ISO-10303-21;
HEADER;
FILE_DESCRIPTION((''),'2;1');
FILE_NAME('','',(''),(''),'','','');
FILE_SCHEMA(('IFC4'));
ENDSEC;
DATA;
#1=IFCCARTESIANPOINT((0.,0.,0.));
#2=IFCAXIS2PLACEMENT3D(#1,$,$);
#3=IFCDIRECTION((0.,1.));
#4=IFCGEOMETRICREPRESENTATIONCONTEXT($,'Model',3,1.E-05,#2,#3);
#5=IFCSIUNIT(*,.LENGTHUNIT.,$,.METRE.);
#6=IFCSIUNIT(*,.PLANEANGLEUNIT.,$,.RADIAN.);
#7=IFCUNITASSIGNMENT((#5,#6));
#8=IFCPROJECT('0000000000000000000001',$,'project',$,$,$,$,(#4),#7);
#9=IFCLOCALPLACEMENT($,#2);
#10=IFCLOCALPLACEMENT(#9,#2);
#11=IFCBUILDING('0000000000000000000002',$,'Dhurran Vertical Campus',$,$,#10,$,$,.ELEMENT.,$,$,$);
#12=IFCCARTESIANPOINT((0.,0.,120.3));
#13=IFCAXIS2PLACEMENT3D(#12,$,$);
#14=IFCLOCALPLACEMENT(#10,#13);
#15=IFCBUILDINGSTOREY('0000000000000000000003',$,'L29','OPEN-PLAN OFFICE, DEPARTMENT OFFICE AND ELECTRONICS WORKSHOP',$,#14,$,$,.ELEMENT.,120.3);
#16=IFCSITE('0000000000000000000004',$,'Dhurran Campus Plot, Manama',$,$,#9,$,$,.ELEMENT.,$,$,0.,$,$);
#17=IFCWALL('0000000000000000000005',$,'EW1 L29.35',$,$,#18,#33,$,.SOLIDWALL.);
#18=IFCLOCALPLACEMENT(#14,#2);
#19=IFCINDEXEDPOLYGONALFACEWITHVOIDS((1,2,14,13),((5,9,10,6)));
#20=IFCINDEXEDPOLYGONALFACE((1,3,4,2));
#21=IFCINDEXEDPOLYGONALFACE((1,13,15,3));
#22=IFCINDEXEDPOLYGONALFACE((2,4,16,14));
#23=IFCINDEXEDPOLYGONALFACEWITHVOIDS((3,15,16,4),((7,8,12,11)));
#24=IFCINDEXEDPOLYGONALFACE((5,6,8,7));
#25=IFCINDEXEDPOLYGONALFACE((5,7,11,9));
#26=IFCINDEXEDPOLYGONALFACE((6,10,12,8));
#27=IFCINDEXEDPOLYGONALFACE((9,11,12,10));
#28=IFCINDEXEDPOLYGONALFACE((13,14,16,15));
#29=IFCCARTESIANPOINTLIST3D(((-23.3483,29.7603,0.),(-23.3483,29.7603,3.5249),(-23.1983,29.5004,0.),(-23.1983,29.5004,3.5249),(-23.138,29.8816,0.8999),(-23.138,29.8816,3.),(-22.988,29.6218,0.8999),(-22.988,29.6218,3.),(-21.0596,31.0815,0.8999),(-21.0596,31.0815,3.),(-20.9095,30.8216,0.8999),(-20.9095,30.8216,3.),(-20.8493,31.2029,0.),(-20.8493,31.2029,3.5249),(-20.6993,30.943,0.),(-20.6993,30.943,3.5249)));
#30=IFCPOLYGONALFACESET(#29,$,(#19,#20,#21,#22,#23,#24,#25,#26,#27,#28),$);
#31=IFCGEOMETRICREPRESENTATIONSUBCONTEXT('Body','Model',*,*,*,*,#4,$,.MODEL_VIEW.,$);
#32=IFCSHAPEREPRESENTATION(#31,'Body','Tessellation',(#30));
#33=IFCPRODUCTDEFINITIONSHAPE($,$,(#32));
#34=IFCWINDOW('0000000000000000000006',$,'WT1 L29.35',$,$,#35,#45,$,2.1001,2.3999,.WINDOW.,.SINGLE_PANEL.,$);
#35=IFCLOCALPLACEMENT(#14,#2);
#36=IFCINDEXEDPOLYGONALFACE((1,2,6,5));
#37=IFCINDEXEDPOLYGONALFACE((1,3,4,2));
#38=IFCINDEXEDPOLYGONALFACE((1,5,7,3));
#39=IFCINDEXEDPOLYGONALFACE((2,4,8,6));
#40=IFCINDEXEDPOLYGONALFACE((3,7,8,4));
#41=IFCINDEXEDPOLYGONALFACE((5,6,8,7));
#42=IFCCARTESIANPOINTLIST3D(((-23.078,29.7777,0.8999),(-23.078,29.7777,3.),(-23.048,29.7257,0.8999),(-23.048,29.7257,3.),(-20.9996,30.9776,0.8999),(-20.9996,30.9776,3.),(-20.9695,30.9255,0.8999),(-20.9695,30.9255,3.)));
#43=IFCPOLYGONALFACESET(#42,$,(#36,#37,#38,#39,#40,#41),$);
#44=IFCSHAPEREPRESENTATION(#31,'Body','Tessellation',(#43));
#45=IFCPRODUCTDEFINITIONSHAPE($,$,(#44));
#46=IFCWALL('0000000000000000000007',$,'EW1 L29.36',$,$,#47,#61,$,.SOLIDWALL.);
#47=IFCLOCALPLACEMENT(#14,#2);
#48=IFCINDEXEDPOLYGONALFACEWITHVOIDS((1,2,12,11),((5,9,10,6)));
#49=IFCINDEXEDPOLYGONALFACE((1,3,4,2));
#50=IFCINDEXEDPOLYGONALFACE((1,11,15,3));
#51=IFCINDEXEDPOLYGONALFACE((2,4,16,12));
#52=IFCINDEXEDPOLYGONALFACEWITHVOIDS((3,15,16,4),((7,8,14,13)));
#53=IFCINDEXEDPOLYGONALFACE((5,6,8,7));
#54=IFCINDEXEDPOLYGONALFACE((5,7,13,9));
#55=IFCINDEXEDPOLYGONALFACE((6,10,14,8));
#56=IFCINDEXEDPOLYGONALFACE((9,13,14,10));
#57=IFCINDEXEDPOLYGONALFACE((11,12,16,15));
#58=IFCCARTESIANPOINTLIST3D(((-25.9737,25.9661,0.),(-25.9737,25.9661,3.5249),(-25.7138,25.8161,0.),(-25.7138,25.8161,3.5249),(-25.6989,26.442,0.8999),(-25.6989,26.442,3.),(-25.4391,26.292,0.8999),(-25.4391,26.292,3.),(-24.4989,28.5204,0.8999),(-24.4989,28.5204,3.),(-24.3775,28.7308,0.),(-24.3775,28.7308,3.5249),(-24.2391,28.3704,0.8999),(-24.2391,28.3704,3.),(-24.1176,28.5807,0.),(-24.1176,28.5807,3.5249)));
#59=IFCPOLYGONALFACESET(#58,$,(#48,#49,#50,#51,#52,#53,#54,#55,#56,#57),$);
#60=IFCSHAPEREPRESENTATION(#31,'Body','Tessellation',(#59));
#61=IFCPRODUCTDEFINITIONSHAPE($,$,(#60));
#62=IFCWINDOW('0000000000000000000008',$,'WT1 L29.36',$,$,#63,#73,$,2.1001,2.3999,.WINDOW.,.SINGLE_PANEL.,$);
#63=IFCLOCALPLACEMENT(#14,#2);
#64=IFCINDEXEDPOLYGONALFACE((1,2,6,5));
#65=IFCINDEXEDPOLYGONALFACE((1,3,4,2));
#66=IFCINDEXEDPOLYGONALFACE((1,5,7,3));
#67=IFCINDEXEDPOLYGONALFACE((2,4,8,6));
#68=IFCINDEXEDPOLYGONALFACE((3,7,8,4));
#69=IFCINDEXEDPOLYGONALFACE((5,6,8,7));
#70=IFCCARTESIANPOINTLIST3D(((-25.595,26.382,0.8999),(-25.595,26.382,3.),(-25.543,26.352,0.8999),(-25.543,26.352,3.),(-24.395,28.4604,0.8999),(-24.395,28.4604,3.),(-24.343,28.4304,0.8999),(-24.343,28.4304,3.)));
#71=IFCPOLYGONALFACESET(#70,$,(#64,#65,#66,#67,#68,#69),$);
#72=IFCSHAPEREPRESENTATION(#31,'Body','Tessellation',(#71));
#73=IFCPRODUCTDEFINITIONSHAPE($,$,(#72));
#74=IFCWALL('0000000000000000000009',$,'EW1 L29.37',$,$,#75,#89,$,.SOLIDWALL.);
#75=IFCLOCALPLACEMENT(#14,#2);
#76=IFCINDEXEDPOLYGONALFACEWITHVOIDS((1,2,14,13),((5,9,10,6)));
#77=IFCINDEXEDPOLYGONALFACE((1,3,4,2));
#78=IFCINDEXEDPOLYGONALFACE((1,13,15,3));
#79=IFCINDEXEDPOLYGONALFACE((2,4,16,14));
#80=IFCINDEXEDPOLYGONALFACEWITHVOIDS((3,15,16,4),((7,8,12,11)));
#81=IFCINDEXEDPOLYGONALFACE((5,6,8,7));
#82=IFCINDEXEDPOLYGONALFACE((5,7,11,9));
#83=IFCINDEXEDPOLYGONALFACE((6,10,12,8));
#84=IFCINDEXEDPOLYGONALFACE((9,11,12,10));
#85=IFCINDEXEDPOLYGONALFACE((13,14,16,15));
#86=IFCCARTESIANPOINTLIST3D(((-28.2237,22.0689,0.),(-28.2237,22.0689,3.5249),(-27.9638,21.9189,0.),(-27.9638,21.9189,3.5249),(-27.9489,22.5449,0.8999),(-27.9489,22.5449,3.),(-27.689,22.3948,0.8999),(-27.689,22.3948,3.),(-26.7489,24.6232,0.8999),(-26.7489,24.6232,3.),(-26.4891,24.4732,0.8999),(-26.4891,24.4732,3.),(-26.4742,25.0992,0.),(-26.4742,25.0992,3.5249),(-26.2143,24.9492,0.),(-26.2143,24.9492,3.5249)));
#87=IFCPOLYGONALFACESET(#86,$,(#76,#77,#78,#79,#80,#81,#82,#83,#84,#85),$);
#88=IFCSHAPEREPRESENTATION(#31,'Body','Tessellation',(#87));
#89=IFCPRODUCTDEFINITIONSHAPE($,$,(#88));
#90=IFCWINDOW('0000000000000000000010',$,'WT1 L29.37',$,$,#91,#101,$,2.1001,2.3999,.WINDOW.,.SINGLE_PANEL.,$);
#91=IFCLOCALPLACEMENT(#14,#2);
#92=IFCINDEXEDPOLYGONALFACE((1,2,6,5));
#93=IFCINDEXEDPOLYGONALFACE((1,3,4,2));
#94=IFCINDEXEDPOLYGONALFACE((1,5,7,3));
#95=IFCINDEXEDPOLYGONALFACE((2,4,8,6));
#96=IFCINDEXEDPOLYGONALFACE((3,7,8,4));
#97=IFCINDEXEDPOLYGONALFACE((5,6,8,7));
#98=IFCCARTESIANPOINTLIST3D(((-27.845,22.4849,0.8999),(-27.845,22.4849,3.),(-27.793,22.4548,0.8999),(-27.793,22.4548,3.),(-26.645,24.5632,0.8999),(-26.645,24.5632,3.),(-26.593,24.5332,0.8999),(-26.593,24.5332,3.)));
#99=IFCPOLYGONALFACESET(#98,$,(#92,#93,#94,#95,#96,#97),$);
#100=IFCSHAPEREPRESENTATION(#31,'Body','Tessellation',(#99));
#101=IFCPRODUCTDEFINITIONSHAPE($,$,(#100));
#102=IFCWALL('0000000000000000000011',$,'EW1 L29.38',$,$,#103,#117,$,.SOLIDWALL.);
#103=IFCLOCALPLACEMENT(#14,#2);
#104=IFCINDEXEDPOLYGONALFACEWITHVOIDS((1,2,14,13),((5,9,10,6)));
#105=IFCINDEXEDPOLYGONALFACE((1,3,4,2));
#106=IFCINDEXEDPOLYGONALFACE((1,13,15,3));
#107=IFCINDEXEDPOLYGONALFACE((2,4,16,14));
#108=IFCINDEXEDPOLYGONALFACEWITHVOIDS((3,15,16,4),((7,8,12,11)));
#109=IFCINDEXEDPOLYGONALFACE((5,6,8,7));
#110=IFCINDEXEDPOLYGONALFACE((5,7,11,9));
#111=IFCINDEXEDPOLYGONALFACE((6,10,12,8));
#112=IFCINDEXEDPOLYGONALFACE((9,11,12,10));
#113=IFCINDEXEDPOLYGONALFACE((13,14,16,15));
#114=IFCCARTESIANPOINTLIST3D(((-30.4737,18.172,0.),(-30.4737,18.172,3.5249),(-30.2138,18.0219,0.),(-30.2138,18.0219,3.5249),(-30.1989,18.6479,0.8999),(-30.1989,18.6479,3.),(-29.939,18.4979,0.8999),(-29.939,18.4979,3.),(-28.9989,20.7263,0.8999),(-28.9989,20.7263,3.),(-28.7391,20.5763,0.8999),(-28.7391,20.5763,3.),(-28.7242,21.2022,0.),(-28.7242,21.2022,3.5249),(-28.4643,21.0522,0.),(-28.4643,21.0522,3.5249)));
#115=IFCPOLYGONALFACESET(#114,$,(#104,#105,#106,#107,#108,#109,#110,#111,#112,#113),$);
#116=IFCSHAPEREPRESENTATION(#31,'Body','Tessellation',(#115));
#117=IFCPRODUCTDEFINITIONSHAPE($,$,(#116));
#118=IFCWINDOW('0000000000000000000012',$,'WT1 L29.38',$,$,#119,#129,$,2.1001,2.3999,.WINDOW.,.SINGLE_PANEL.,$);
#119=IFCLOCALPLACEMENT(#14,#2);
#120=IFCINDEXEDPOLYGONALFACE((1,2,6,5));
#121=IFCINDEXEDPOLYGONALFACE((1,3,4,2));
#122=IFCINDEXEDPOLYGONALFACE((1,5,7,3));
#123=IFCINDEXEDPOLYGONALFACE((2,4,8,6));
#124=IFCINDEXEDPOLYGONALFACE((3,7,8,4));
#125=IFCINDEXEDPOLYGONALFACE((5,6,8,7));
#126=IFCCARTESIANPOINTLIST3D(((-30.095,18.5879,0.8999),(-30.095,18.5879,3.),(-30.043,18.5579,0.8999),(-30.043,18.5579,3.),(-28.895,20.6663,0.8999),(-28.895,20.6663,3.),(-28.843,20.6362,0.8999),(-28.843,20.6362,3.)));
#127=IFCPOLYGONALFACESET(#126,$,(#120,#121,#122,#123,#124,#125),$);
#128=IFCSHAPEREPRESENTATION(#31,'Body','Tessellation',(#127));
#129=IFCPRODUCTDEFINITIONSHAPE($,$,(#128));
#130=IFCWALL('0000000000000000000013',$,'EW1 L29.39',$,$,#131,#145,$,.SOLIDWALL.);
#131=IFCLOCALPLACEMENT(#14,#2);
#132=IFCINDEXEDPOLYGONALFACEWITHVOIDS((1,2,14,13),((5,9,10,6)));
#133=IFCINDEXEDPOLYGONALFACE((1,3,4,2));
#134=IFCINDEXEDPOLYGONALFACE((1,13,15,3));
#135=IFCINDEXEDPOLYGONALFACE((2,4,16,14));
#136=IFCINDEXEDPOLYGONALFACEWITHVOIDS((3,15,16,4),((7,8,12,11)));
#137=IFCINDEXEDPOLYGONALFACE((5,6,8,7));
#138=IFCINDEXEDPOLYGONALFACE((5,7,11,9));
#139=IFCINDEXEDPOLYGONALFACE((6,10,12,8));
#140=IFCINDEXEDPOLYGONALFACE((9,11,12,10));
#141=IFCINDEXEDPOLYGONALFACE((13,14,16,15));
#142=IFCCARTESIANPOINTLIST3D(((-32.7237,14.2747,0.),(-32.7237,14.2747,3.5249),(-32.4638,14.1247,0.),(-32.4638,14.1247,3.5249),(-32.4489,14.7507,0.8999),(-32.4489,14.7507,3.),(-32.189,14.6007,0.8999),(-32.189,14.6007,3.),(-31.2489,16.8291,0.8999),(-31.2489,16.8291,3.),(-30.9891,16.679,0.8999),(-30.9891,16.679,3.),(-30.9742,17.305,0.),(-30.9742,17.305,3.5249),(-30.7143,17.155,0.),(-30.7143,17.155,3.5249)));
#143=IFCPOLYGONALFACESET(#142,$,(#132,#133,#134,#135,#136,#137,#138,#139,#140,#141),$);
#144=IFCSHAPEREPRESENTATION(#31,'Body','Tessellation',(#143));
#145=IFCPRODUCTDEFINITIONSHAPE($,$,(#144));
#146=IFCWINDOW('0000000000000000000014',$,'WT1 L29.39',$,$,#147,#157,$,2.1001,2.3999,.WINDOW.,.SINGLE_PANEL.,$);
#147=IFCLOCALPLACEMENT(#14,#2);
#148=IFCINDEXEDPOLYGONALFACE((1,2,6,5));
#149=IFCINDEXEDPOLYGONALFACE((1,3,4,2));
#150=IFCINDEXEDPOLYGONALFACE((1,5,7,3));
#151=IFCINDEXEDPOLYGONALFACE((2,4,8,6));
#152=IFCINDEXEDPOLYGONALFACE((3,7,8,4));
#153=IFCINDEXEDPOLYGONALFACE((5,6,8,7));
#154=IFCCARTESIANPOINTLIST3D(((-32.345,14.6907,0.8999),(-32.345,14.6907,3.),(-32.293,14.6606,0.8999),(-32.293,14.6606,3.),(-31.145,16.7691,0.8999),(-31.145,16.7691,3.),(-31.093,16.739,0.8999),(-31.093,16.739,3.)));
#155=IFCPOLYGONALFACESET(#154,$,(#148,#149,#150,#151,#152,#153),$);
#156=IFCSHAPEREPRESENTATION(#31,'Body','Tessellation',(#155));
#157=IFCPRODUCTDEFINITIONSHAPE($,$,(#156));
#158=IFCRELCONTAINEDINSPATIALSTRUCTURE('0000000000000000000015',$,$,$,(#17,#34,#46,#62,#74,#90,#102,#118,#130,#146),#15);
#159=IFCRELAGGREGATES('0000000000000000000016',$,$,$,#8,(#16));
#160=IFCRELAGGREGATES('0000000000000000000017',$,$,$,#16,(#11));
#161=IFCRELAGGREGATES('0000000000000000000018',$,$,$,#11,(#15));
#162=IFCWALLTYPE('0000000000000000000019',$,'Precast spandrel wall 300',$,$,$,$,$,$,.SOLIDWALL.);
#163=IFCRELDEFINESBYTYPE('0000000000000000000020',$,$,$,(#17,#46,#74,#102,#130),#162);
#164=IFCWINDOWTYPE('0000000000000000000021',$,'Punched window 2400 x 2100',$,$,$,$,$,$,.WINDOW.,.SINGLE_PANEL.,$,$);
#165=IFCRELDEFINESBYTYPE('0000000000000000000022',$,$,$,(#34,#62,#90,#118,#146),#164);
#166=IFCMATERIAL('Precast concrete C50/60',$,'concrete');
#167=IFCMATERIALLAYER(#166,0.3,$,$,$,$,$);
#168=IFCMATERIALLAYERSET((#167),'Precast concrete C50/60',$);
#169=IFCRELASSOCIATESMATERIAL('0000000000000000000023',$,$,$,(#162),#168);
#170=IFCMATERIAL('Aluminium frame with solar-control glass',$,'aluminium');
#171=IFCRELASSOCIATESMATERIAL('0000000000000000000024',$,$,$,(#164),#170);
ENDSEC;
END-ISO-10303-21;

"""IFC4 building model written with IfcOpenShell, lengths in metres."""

from ifc_helpers import new_model, si_unit, direction, frame, frame_2d, origin, place, context, subcontext, project, spatial, rectangle, extrude, material, layer, layer_set, type_object, element, fill, save


model = new_model("IFC4")

# Units and contexts
model_context = context("Model", 3, precision=1e-05, world=origin(), true_north=direction((0.0, 1.0)))
body_context = subcontext(model_context, "Body", "Model", "MODEL_VIEW")
ifc_project = project(units=[si_unit("LENGTHUNIT", "METRE"), si_unit("PLANEANGLEUNIT", "RADIAN")], contexts=[model_context])

# Site, building, storey
site_placement = place(None, origin())
site = spatial("IfcSite", under=ifc_project, at=site_placement, Name="Dhurran Campus Plot, Manama", CompositionType="ELEMENT", RefElevation=0.0)
building_placement = place(site_placement, origin())
building = spatial("IfcBuilding", under=site, at=building_placement, Name="Dhurran Vertical Campus", CompositionType="ELEMENT")
storey_placement = place(building_placement, frame((0.0, 0.0, 120.3)))
storey = spatial("IfcBuildingStorey", under=building, at=storey_placement, Name="L29", Description="OPEN-PLAN OFFICE, DEPARTMENT OFFICE AND ELECTRONICS WORKSHOP", CompositionType="ELEMENT", Elevation=120.3)

# Walls, openings, windows
ifc_material_1 = material(Name="Precast concrete C50/60", Category="concrete")
ifc_layer_1 = layer(ifc_material_1, 0.3)
ifc_layer_set_1 = layer_set([ifc_layer_1], Name="Precast concrete C50/60")
wall_type_1 = type_object("IfcWallType", Name="Precast spandrel wall 300", PredefinedType="SOLIDWALL", material=ifc_layer_set_1)
ifc_material_2 = material(Name="Aluminium frame with solar-control glass", Category="aluminium")
window_type = type_object("IfcWindowType", Name="Punched window 2400 x 2100", PartitioningType="SINGLE_PANEL", PredefinedType="WINDOW", material=ifc_material_2)
wall_1_placement = place(storey_placement, frame((-20.7742, 31.073, 0.0), z_axis=(0.0, 0.0, 1.0), x_axis=(-0.866053, -0.499952, 0.0)))
wall_1 = element("IfcWall", 1, at=wall_1_placement, inside=storey, type_object=wall_type_1, Name="EW1 L29.35", PredefinedType="SOLIDWALL", context=body_context, shape_type="SweptSolid", body=[
    extrude(rectangle(XDim=2.8855, YDim=0.3, at=frame_2d((1.4429, 0.0))), origin(), (0.0, 0.0, 1.0), 3.5249),
])
opening_1_placement = place(wall_1_placement, frame((0.2429, 0.0, 0.8999)))
opening_1 = element("IfcOpeningElement", 2, at=opening_1_placement, cuts=wall_1, PredefinedType="OPENING", context=body_context, shape_type="SweptSolid", body=[
    extrude(rectangle(XDim=2.3999, YDim=2.1001, at=frame_2d((1.2, 1.05))), frame((0.0, 0.1599, 0.0), z_axis=(0.0, -1.0, 0.0), x_axis=(1.0, 0.0, 0.0)), (0.0, 0.0, 1.0), 0.3201),
])
window_1_placement = place(opening_1_placement, origin())
window_1 = element("IfcWindow", 3, at=window_1_placement, inside=storey, type_object=window_type, Name="WT1 L29.35", OverallHeight=2.1001, OverallWidth=2.3999, PartitioningType="SINGLE_PANEL", PredefinedType="WINDOW", context=body_context, shape_type="SweptSolid", body=[
    extrude(rectangle(XDim=2.3999, YDim=2.1001, at=frame_2d((1.2, 1.05))), frame((0.0, 0.03, 0.0), z_axis=(0.0, -1.0, 0.0), x_axis=(1.0, 0.0, 0.0)), (0.0, 0.0, 1.0), 0.0601),
])
fill(opening_1, window_1)
wall_2_placement = place(storey_placement, frame((-24.2476, 28.6558, 0.0), z_axis=(0.0, 0.0, 1.0), x_axis=(-0.500005, -0.866023, 0.0)))
wall_2 = element("IfcWall", 4, at=wall_2_placement, inside=storey, type_object=wall_type_1, Name="EW1 L29.36", PredefinedType="SOLIDWALL", context=body_context, shape_type="SweptSolid", body=[
    extrude(rectangle(XDim=3.1924, YDim=0.3, at=frame_2d((1.5962, 0.0))), origin(), (0.0, 0.0, 1.0), 3.5249),
])
opening_2_placement = place(wall_2_placement, frame((0.2429, 0.0, 0.8999)))
opening_2 = element("IfcOpeningElement", 5, at=opening_2_placement, cuts=wall_2, PredefinedType="OPENING", context=body_context, shape_type="SweptSolid", body=[
    extrude(rectangle(XDim=2.3999, YDim=2.1001, at=frame_2d((1.2, 1.05))), frame((0.0, 0.1599, 0.0), z_axis=(0.0, -1.0, 0.0), x_axis=(1.0, 0.0, 0.0)), (0.0, 0.0, 1.0), 0.3201),
])
window_2_placement = place(opening_2_placement, origin())
window_2 = element("IfcWindow", 6, at=window_2_placement, inside=storey, type_object=window_type, Name="WT1 L29.36", OverallHeight=2.1001, OverallWidth=2.3999, PartitioningType="SINGLE_PANEL", PredefinedType="WINDOW", context=body_context, shape_type="SweptSolid", body=[
    extrude(rectangle(XDim=2.3999, YDim=2.1001, at=frame_2d((1.2, 1.05))), frame((0.0, 0.03, 0.0), z_axis=(0.0, -1.0, 0.0), x_axis=(1.0, 0.0, 0.0)), (0.0, 0.0, 1.0), 0.0601),
])
fill(opening_2, window_2)
wall_3_placement = place(storey_placement, frame((-26.3442, 25.0242, 0.0), z_axis=(0.0, 0.0, 1.0), x_axis=(-0.499996, -0.866028, 0.0)))
wall_3 = element("IfcWall", 7, at=wall_3_placement, inside=storey, type_object=wall_type_1, Name="EW1 L29.37", PredefinedType="SOLIDWALL", context=body_context, shape_type="SweptSolid", body=[
    extrude(rectangle(XDim=3.499, YDim=0.3, at=frame_2d((1.7495, 0.0))), origin(), (0.0, 0.0, 1.0), 3.5249),
])
opening_3_placement = place(wall_3_placement, frame((0.5496, 0.0, 0.8999)))
opening_3 = element("IfcOpeningElement", 8, at=opening_3_placement, cuts=wall_3, PredefinedType="OPENING", context=body_context, shape_type="SweptSolid", body=[
    extrude(rectangle(XDim=2.3999, YDim=2.1001, at=frame_2d((1.2, 1.05))), frame((0.0, 0.1599, 0.0), z_axis=(0.0, -1.0, 0.0), x_axis=(1.0, 0.0, 0.0)), (0.0, 0.0, 1.0), 0.3201),
])
window_3_placement = place(opening_3_placement, origin())
window_3 = element("IfcWindow", 9, at=window_3_placement, inside=storey, type_object=window_type, Name="WT1 L29.37", OverallHeight=2.1001, OverallWidth=2.3999, PartitioningType="SINGLE_PANEL", PredefinedType="WINDOW", context=body_context, shape_type="SweptSolid", body=[
    extrude(rectangle(XDim=2.3999, YDim=2.1001, at=frame_2d((1.2, 1.05))), frame((0.0, 0.03, 0.0), z_axis=(0.0, -1.0, 0.0), x_axis=(1.0, 0.0, 0.0)), (0.0, 0.0, 1.0), 0.0601),
])
fill(opening_3, window_3)
wall_4_placement = place(storey_placement, frame((-28.5942, 21.1272, 0.0), z_axis=(0.0, 0.0, 1.0), x_axis=(-0.499996, -0.866028, 0.0)))
wall_4 = element("IfcWall", 10, at=wall_4_placement, inside=storey, type_object=wall_type_1, Name="EW1 L29.38", PredefinedType="SOLIDWALL", context=body_context, shape_type="SweptSolid", body=[
    extrude(rectangle(XDim=3.499, YDim=0.3, at=frame_2d((1.7495, 0.0))), origin(), (0.0, 0.0, 1.0), 3.5249),
])
opening_4_placement = place(wall_4_placement, frame((0.5496, 0.0, 0.8999)))
opening_4 = element("IfcOpeningElement", 11, at=opening_4_placement, cuts=wall_4, PredefinedType="OPENING", context=body_context, shape_type="SweptSolid", body=[
    extrude(rectangle(XDim=2.3999, YDim=2.1001, at=frame_2d((1.2, 1.05))), frame((0.0, 0.1599, 0.0), z_axis=(0.0, -1.0, 0.0), x_axis=(1.0, 0.0, 0.0)), (0.0, 0.0, 1.0), 0.3201),
])
window_4_placement = place(opening_4_placement, origin())
window_4 = element("IfcWindow", 12, at=window_4_placement, inside=storey, type_object=window_type, Name="WT1 L29.38", OverallHeight=2.1001, OverallWidth=2.3999, PartitioningType="SINGLE_PANEL", PredefinedType="WINDOW", context=body_context, shape_type="SweptSolid", body=[
    extrude(rectangle(XDim=2.3999, YDim=2.1001, at=frame_2d((1.2, 1.05))), frame((0.0, 0.03, 0.0), z_axis=(0.0, -1.0, 0.0), x_axis=(1.0, 0.0, 0.0)), (0.0, 0.0, 1.0), 0.0601),
])
fill(opening_4, window_4)
wall_5_placement = place(storey_placement, frame((-30.8442, 17.23, 0.0), z_axis=(0.0, 0.0, 1.0), x_axis=(-0.499996, -0.866028, 0.0)))
wall_5 = element("IfcWall", 13, at=wall_5_placement, inside=storey, type_object=wall_type_1, Name="EW1 L29.39", PredefinedType="SOLIDWALL", context=body_context, shape_type="SweptSolid", body=[
    extrude(rectangle(XDim=3.499, YDim=0.3, at=frame_2d((1.7495, 0.0))), origin(), (0.0, 0.0, 1.0), 3.5249),
])
opening_5_placement = place(wall_5_placement, frame((0.5496, 0.0, 0.8999)))
opening_5 = element("IfcOpeningElement", 14, at=opening_5_placement, cuts=wall_5, PredefinedType="OPENING", context=body_context, shape_type="SweptSolid", body=[
    extrude(rectangle(XDim=2.3999, YDim=2.1001, at=frame_2d((1.2, 1.05))), frame((0.0, 0.1599, 0.0), z_axis=(0.0, -1.0, 0.0), x_axis=(1.0, 0.0, 0.0)), (0.0, 0.0, 1.0), 0.3201),
])
window_5_placement = place(opening_5_placement, origin())
window_5 = element("IfcWindow", 15, at=window_5_placement, inside=storey, type_object=window_type, Name="WT1 L29.39", OverallHeight=2.1001, OverallWidth=2.3999, PartitioningType="SINGLE_PANEL", PredefinedType="WINDOW", context=body_context, shape_type="SweptSolid", body=[
    extrude(rectangle(XDim=2.3999, YDim=2.1001, at=frame_2d((1.2, 1.05))), frame((0.0, 0.03, 0.0), z_axis=(0.0, -1.0, 0.0), x_axis=(1.0, 0.0, 0.0)), (0.0, 0.0, 1.0), 0.0601),
])
fill(opening_5, window_5)

save(model, "model.ifc")
